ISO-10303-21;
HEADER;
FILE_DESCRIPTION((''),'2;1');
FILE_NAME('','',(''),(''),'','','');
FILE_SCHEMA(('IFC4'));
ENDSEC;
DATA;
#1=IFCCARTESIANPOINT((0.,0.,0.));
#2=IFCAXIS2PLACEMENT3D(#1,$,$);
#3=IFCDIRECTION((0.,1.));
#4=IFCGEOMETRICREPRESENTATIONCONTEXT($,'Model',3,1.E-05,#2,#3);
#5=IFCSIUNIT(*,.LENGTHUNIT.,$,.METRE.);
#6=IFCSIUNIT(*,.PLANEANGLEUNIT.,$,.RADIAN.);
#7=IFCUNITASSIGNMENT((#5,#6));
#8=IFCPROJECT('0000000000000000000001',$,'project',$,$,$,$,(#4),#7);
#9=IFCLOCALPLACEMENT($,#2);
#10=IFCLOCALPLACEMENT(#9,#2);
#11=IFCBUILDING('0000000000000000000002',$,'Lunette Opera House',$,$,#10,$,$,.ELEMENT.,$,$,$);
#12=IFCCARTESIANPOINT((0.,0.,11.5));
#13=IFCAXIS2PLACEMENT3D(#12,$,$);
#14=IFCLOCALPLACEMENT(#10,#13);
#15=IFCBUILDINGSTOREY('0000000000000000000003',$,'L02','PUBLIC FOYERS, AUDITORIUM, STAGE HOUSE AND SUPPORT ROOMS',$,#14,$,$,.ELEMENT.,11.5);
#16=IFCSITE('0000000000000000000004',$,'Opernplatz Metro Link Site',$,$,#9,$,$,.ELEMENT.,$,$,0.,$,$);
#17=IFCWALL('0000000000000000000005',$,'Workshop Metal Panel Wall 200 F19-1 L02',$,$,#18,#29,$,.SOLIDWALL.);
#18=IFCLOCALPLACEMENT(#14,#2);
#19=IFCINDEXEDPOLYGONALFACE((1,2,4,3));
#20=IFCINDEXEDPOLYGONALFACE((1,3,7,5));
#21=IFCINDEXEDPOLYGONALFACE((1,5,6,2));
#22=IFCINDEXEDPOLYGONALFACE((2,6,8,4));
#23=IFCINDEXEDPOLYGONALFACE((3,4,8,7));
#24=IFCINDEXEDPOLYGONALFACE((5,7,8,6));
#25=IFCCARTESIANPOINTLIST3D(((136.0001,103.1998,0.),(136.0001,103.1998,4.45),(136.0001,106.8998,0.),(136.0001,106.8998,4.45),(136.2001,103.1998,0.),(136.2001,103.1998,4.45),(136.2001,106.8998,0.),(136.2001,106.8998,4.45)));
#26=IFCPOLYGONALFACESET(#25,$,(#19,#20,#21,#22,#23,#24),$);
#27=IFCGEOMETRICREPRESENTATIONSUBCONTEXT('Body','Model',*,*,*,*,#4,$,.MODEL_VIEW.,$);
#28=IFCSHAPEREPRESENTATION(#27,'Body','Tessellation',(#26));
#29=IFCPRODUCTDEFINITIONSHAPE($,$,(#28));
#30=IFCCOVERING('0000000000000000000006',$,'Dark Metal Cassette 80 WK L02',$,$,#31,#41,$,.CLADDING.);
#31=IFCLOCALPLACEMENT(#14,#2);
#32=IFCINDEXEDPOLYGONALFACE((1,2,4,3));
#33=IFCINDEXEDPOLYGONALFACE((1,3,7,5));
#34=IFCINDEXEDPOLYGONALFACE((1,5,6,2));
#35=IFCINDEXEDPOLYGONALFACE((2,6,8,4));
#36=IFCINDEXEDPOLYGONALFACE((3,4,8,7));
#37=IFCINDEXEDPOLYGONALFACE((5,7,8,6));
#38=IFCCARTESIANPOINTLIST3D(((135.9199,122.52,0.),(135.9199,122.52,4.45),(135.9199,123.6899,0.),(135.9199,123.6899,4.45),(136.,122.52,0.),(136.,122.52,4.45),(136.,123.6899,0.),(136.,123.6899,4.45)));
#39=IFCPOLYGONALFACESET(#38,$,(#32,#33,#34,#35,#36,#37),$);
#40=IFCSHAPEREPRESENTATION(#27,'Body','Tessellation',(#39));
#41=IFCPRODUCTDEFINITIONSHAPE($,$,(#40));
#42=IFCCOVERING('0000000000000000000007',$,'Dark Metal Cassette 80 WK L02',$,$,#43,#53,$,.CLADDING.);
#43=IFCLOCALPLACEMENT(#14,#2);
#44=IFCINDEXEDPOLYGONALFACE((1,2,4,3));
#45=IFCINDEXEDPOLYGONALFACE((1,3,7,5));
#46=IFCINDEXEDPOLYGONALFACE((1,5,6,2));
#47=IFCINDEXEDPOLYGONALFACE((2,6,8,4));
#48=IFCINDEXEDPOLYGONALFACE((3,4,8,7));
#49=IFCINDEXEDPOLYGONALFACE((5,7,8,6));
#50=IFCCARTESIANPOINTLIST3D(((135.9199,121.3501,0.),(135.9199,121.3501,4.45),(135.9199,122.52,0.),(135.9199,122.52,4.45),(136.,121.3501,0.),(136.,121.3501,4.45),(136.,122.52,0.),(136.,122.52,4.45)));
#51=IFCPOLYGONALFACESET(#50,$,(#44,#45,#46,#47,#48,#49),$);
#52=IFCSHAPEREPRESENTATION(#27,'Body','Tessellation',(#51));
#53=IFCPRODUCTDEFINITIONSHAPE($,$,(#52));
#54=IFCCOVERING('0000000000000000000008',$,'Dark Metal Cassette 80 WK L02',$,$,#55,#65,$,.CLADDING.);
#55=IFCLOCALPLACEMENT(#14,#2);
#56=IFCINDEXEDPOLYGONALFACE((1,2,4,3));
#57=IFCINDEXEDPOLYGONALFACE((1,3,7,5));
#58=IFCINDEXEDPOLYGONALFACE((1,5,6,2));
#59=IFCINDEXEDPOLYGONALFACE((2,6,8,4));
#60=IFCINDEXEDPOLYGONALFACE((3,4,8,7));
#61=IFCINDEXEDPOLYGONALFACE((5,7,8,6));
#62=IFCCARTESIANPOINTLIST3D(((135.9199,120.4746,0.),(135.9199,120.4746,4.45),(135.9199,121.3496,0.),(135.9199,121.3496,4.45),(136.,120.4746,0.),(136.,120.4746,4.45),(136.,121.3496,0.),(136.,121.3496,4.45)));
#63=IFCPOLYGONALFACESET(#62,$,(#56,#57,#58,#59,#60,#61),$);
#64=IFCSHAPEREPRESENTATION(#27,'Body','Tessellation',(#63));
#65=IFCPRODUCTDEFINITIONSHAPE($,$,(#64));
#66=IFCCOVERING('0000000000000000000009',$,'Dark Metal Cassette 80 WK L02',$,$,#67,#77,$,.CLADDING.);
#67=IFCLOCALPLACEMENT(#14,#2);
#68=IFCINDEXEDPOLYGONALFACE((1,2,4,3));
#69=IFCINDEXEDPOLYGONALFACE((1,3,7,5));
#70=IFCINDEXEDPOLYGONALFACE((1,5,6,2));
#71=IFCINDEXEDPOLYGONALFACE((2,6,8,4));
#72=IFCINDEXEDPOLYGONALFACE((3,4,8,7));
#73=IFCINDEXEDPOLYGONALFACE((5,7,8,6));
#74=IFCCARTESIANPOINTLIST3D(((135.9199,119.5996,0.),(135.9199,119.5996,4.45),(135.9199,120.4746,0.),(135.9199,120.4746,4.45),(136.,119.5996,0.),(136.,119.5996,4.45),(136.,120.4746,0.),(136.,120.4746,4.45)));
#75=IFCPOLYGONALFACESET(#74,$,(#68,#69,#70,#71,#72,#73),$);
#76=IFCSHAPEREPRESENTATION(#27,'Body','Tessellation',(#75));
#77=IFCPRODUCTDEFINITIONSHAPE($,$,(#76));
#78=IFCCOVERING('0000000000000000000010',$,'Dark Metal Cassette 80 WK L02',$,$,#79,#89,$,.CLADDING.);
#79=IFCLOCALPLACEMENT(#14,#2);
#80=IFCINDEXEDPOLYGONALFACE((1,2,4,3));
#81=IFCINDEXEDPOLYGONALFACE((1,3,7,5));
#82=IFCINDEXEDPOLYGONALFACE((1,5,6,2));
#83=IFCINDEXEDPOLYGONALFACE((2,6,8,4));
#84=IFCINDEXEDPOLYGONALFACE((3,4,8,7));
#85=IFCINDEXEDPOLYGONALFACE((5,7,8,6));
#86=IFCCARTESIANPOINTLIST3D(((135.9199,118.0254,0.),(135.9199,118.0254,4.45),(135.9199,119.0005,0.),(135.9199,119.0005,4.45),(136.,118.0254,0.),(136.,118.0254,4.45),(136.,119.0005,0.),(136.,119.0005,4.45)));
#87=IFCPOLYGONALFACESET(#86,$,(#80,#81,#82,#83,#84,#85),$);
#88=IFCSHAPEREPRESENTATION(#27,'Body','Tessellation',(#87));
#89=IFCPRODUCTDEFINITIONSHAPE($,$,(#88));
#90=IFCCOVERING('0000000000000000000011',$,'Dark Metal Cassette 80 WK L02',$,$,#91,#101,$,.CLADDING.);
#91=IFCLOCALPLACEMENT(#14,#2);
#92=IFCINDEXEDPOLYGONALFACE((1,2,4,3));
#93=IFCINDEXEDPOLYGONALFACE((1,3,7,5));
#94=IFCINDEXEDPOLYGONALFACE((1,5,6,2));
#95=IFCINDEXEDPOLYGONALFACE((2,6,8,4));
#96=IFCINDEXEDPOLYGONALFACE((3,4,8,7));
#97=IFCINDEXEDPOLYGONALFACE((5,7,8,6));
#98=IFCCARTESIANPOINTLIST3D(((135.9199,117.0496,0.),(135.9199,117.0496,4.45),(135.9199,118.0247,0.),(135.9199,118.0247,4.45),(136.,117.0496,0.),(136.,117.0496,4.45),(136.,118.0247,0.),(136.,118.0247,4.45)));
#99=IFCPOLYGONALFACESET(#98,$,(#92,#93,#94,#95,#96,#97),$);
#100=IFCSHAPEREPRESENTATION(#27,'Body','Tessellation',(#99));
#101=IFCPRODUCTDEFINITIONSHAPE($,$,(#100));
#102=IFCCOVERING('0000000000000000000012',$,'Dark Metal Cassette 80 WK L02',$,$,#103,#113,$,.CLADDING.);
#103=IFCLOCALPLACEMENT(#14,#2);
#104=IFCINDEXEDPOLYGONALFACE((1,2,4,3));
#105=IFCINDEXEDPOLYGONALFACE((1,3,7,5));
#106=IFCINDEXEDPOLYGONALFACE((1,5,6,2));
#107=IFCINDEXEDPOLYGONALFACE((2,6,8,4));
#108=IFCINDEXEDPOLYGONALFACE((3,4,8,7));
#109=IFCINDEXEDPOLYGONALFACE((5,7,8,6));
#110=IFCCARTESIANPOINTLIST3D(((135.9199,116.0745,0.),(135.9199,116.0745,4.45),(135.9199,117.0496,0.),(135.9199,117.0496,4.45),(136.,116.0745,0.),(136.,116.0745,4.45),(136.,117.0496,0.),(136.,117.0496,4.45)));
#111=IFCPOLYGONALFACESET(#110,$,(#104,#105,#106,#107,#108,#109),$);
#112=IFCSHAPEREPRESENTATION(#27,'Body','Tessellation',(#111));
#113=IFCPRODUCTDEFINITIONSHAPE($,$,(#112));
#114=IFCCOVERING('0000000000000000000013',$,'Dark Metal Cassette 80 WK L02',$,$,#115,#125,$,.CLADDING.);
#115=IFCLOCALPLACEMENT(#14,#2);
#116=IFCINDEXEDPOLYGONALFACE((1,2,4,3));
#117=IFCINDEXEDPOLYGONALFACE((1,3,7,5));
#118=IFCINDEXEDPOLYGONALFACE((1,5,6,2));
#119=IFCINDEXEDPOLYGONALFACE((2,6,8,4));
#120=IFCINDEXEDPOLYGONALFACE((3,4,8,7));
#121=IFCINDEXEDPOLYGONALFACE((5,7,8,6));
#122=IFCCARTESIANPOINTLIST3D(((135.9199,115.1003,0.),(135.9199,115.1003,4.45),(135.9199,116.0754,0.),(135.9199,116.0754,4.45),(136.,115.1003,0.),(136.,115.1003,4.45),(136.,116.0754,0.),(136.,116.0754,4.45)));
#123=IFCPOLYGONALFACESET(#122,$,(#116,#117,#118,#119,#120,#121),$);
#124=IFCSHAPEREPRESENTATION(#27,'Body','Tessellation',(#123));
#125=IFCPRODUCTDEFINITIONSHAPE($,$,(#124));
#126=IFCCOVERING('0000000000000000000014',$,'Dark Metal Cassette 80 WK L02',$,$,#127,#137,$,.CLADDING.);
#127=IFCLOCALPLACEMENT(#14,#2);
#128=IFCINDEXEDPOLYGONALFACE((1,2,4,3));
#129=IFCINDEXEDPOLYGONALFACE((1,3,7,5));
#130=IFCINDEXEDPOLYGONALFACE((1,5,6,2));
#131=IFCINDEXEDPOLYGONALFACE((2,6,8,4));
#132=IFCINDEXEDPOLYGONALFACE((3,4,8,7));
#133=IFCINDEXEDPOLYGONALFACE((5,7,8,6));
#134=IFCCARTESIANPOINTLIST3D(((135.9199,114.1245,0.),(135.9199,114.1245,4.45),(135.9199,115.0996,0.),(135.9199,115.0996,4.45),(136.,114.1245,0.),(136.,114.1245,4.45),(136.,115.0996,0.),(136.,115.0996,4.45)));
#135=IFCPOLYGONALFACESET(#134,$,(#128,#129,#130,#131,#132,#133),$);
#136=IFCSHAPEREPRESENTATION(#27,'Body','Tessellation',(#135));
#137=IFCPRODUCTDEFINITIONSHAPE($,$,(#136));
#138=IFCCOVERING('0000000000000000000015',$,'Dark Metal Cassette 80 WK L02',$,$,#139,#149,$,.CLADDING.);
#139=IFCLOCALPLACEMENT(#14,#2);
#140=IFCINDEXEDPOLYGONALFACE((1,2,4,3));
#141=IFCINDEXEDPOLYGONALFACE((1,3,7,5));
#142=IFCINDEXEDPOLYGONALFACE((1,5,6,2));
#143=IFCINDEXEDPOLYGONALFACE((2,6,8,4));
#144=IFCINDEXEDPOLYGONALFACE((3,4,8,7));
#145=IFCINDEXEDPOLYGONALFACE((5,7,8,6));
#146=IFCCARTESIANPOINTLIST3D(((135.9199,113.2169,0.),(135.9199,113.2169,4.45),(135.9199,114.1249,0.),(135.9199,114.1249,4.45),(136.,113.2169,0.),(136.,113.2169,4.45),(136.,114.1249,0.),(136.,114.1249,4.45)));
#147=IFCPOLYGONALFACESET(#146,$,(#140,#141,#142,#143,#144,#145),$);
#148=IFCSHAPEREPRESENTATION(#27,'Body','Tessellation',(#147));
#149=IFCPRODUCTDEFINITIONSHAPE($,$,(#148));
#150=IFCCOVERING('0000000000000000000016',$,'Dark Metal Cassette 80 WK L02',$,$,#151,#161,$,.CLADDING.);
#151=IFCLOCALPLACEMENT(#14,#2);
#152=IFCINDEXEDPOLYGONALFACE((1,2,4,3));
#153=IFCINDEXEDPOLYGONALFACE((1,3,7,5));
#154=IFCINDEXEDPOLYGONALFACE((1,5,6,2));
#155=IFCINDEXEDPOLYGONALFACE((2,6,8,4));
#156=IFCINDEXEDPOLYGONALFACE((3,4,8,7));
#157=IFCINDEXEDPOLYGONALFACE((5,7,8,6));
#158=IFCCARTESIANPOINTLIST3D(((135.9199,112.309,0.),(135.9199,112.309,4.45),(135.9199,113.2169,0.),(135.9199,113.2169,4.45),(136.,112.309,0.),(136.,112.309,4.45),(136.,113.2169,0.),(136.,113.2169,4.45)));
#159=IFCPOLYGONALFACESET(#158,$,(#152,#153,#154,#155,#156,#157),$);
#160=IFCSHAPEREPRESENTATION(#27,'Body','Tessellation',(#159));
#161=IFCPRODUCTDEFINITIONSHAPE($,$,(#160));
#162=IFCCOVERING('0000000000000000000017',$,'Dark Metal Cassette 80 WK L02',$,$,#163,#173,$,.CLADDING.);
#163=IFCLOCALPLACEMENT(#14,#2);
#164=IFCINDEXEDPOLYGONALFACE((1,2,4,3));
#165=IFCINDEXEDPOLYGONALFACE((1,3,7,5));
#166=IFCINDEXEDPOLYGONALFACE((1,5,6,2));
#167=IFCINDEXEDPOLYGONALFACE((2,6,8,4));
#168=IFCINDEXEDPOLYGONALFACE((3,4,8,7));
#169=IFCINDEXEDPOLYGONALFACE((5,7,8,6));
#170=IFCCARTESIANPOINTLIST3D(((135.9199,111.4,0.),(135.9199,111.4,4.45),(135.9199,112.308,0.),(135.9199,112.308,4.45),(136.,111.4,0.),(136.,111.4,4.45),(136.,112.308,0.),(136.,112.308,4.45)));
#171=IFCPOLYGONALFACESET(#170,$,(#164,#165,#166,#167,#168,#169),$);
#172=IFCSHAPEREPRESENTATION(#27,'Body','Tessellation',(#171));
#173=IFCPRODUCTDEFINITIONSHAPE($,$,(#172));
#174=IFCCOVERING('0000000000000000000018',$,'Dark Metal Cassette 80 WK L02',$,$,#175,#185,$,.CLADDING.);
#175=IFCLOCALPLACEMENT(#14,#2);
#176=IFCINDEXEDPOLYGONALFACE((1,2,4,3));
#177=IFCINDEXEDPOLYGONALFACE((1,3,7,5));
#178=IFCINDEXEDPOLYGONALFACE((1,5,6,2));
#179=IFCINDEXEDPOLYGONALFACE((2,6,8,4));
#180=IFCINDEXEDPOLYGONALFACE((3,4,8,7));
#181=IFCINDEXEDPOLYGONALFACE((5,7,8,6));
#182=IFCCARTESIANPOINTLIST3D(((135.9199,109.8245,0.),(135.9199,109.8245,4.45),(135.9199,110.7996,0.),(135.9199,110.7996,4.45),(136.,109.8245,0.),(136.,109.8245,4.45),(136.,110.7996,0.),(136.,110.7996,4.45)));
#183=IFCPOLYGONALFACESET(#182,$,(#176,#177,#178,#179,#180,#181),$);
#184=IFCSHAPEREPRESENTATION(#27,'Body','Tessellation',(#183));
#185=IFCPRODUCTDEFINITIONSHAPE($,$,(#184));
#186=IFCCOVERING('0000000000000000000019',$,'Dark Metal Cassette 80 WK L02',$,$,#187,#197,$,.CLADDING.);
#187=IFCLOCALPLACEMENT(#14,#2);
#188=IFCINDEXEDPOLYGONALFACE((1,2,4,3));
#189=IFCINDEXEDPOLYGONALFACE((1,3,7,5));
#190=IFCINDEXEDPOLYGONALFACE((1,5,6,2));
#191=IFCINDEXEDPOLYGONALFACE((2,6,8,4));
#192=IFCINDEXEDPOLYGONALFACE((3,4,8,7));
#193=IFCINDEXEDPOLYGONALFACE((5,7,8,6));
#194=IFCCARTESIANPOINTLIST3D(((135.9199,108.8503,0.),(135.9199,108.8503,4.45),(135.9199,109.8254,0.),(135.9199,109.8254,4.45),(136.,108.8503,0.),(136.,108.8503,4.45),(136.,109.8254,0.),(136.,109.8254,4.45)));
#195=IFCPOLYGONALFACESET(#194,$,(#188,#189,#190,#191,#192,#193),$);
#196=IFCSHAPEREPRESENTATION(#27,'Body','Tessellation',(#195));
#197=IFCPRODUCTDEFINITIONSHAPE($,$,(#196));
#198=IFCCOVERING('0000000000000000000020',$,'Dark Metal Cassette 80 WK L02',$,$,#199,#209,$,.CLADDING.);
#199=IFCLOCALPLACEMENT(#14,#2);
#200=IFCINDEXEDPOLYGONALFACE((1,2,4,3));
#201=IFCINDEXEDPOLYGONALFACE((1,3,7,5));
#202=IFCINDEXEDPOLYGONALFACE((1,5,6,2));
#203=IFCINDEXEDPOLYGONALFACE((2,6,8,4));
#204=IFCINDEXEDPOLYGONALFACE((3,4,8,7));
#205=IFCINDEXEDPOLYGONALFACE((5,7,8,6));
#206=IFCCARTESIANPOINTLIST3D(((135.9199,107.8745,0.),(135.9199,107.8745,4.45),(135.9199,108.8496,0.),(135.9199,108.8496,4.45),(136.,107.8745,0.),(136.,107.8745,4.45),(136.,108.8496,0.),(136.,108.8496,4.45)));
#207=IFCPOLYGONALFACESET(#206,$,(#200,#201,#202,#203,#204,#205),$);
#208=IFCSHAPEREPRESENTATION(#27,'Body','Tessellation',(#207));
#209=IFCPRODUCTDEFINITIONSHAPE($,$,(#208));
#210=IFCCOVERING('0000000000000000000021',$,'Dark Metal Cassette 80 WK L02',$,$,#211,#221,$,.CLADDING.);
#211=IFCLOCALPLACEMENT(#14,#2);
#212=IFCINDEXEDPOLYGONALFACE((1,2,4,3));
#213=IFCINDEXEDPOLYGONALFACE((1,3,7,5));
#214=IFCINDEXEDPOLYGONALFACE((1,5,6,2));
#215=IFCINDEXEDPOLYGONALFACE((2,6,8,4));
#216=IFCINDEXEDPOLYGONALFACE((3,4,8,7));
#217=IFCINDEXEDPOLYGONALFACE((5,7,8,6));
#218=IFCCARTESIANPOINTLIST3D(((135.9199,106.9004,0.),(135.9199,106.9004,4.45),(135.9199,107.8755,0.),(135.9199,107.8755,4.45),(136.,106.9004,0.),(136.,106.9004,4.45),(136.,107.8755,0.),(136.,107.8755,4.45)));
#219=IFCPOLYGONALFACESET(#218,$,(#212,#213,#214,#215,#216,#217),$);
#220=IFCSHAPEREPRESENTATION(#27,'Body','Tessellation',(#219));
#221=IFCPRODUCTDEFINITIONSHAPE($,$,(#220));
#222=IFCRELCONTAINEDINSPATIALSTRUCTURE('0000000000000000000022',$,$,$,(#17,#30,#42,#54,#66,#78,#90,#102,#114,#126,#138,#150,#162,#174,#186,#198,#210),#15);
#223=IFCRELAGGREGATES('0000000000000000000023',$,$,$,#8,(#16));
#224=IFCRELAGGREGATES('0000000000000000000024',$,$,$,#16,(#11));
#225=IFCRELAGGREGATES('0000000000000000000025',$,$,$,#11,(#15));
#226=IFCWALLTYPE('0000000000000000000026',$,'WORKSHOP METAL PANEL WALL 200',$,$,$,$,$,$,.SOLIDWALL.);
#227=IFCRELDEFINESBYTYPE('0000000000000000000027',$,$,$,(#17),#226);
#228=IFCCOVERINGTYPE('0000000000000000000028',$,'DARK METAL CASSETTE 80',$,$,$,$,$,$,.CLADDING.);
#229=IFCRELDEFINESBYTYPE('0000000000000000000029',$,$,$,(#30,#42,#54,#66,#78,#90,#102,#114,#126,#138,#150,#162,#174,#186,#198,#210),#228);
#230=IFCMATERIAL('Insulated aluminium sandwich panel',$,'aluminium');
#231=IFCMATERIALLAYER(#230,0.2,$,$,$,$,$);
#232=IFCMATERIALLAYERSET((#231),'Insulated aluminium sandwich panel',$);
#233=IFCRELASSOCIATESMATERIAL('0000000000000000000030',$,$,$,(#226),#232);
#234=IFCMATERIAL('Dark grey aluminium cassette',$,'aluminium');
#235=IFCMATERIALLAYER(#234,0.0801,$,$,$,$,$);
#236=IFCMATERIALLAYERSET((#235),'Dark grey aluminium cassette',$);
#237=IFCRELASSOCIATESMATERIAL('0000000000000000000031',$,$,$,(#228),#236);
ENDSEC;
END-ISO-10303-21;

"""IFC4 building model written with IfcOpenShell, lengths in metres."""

from ifc_helpers import new_model, si_unit, direction, frame, frame_2d, origin, origin_2d, place, context, subcontext, project, spatial, rectangle, extrude, material, layer, layer_set, type_object, element, save


model = new_model("IFC4")

# Units and contexts
model_context = context("Model", 3, precision=1e-05, world=origin(), true_north=direction((0.0, 1.0)))
body_context = subcontext(model_context, "Body", "Model", "MODEL_VIEW")
ifc_project = project(units=[si_unit("LENGTHUNIT", "METRE"), si_unit("PLANEANGLEUNIT", "RADIAN")], contexts=[model_context])

# Site, building, storey
site_placement = place(None, origin())
site = spatial("IfcSite", under=ifc_project, at=site_placement, Name="Opernplatz Metro Link Site", CompositionType="ELEMENT", RefElevation=0.0)
building_placement = place(site_placement, origin())
building = spatial("IfcBuilding", under=site, at=building_placement, Name="Lunette Opera House", CompositionType="ELEMENT")
storey_placement = place(building_placement, frame((0.0, 0.0, 11.5)))
storey = spatial("IfcBuildingStorey", under=building, at=storey_placement, Name="L02", Description="PUBLIC FOYERS, AUDITORIUM, STAGE HOUSE AND SUPPORT ROOMS", CompositionType="ELEMENT", Elevation=11.5)

# Wall
ifc_material_1 = material(Name="Insulated aluminium sandwich panel", Category="aluminium")
ifc_layer_1 = layer(ifc_material_1, 0.2)
ifc_layer_set_1 = layer_set([ifc_layer_1], Name="Insulated aluminium sandwich panel")
wall_type = type_object("IfcWallType", Name="WORKSHOP METAL PANEL WALL 200", PredefinedType="SOLIDWALL", material=ifc_layer_set_1)
wall_placement = place(storey_placement, frame((136.1001, 106.8999, 0.0), z_axis=(0.0, 0.0, 1.0), x_axis=(0.0, -1.0, 0.0)))
element("IfcWall", 1, at=wall_placement, inside=storey, type_object=wall_type, Name="Workshop Metal Panel Wall 200 F19-1 L02", PredefinedType="SOLIDWALL", context=body_context, shape_type="SweptSolid", body=[
    extrude(rectangle(XDim=3.7, YDim=0.2, at=frame_2d((1.8501, 0.0))), origin(), (0.0, 0.0, 1.0), 4.45),
])

# Coverings
ifc_material_2 = material(Name="Dark grey aluminium cassette", Category="aluminium")
ifc_layer_2 = layer(ifc_material_2, 0.0801)
ifc_layer_set_2 = layer_set([ifc_layer_2], Name="Dark grey aluminium cassette")
covering_type_1 = type_object("IfcCoveringType", Name="DARK METAL CASSETTE 80", PredefinedType="CLADDING", material=ifc_layer_set_2)
for number, where, z_axis, x_axis, name in (
    (2, (135.96, 123.105, 0.0), (0.0, 0.0, 1.0), (0.0, -1.0, 0.0), "Dark Metal Cassette 80 WK L02"),
    (3, (135.96, 121.9351, 0.0), (0.0, 0.0, 1.0), (0.0, -1.0, 0.0), "Dark Metal Cassette 80 WK L02"),
):
    element("IfcCovering", number, at=place(storey_placement, frame(where, z_axis=z_axis, x_axis=x_axis)), inside=storey, type_object=covering_type_1, Name=name, PredefinedType="CLADDING", context=body_context, shape_type="SweptSolid", body=[
        extrude(rectangle(XDim=1.1699, YDim=0.0801, at=origin_2d()), origin(), (0.0, 0.0, 1.0), 4.45),
    ])
for number, where, z_axis, x_axis, name in (
    (4, (135.96, 120.9121, 0.0), (0.0, 0.0, 1.0), (0.0, -1.0, 0.0), "Dark Metal Cassette 80 WK L02"),
    (5, (135.96, 120.0371, 0.0), (0.0, 0.0, 1.0), (0.0, -1.0, 0.0), "Dark Metal Cassette 80 WK L02"),
):
    element("IfcCovering", number, at=place(storey_placement, frame(where, z_axis=z_axis, x_axis=x_axis)), inside=storey, type_object=covering_type_1, Name=name, PredefinedType="CLADDING", context=body_context, shape_type="SweptSolid", body=[
        extrude(rectangle(XDim=0.875, YDim=0.0801, at=origin_2d()), origin(), (0.0, 0.0, 1.0), 4.45),
    ])
for number, where, z_axis, x_axis, name in (
    (6, (135.96, 118.5129, 0.0), (0.0, 0.0, 1.0), (0.0, -1.0, 0.0), "Dark Metal Cassette 80 WK L02"),
    (7, (135.96, 117.5371, 0.0), (0.0, 0.0, 1.0), (0.0, -1.0, 0.0), "Dark Metal Cassette 80 WK L02"),
    (8, (135.96, 116.562, 0.0), (0.0, 0.0, 1.0), (0.0, -1.0, 0.0), "Dark Metal Cassette 80 WK L02"),
    (9, (135.96, 115.5879, 0.0), (0.0, 0.0, 1.0), (0.0, -1.0, 0.0), "Dark Metal Cassette 80 WK L02"),
    (10, (135.96, 114.6121, 0.0), (0.0, 0.0, 1.0), (0.0, -1.0, 0.0), "Dark Metal Cassette 80 WK L02"),
):
    element("IfcCovering", number, at=place(storey_placement, frame(where, z_axis=z_axis, x_axis=x_axis)), inside=storey, type_object=covering_type_1, Name=name, PredefinedType="CLADDING", context=body_context, shape_type="SweptSolid", body=[
        extrude(rectangle(XDim=0.9751, YDim=0.0801, at=origin_2d()), origin(), (0.0, 0.0, 1.0), 4.45),
    ])
for number, where, z_axis, x_axis, name in (
    (11, (135.96, 113.6709, 0.0), (0.0, 0.0, 1.0), (0.0, -1.0, 0.0), "Dark Metal Cassette 80 WK L02"),
    (12, (135.96, 112.7629, 0.0), (0.0, 0.0, 1.0), (0.0, -1.0, 0.0), "Dark Metal Cassette 80 WK L02"),
    (13, (135.96, 111.854, 0.0), (0.0, 0.0, 1.0), (0.0, -1.0, 0.0), "Dark Metal Cassette 80 WK L02"),
):
    element("IfcCovering", number, at=place(storey_placement, frame(where, z_axis=z_axis, x_axis=x_axis)), inside=storey, type_object=covering_type_1, Name=name, PredefinedType="CLADDING", context=body_context, shape_type="SweptSolid", body=[
        extrude(rectangle(XDim=0.908, YDim=0.0801, at=origin_2d()), origin(), (0.0, 0.0, 1.0), 4.45),
    ])
for number, where, z_axis, x_axis, name in (
    (14, (135.96, 110.312, 0.0), (0.0, 0.0, 1.0), (0.0, -1.0, 0.0), "Dark Metal Cassette 80 WK L02"),
    (15, (135.96, 109.3379, 0.0), (0.0, 0.0, 1.0), (0.0, -1.0, 0.0), "Dark Metal Cassette 80 WK L02"),
    (16, (135.96, 108.3621, 0.0), (0.0, 0.0, 1.0), (0.0, -1.0, 0.0), "Dark Metal Cassette 80 WK L02"),
    (17, (135.96, 107.3879, 0.0), (0.0, 0.0, 1.0), (0.0, -1.0, 0.0), "Dark Metal Cassette 80 WK L02"),
):
    element("IfcCovering", number, at=place(storey_placement, frame(where, z_axis=z_axis, x_axis=x_axis)), inside=storey, type_object=covering_type_1, Name=name, PredefinedType="CLADDING", context=body_context, shape_type="SweptSolid", body=[
        extrude(rectangle(XDim=0.9751, YDim=0.0801, at=origin_2d()), origin(), (0.0, 0.0, 1.0), 4.45),
    ])

save(model, "model.ifc")
